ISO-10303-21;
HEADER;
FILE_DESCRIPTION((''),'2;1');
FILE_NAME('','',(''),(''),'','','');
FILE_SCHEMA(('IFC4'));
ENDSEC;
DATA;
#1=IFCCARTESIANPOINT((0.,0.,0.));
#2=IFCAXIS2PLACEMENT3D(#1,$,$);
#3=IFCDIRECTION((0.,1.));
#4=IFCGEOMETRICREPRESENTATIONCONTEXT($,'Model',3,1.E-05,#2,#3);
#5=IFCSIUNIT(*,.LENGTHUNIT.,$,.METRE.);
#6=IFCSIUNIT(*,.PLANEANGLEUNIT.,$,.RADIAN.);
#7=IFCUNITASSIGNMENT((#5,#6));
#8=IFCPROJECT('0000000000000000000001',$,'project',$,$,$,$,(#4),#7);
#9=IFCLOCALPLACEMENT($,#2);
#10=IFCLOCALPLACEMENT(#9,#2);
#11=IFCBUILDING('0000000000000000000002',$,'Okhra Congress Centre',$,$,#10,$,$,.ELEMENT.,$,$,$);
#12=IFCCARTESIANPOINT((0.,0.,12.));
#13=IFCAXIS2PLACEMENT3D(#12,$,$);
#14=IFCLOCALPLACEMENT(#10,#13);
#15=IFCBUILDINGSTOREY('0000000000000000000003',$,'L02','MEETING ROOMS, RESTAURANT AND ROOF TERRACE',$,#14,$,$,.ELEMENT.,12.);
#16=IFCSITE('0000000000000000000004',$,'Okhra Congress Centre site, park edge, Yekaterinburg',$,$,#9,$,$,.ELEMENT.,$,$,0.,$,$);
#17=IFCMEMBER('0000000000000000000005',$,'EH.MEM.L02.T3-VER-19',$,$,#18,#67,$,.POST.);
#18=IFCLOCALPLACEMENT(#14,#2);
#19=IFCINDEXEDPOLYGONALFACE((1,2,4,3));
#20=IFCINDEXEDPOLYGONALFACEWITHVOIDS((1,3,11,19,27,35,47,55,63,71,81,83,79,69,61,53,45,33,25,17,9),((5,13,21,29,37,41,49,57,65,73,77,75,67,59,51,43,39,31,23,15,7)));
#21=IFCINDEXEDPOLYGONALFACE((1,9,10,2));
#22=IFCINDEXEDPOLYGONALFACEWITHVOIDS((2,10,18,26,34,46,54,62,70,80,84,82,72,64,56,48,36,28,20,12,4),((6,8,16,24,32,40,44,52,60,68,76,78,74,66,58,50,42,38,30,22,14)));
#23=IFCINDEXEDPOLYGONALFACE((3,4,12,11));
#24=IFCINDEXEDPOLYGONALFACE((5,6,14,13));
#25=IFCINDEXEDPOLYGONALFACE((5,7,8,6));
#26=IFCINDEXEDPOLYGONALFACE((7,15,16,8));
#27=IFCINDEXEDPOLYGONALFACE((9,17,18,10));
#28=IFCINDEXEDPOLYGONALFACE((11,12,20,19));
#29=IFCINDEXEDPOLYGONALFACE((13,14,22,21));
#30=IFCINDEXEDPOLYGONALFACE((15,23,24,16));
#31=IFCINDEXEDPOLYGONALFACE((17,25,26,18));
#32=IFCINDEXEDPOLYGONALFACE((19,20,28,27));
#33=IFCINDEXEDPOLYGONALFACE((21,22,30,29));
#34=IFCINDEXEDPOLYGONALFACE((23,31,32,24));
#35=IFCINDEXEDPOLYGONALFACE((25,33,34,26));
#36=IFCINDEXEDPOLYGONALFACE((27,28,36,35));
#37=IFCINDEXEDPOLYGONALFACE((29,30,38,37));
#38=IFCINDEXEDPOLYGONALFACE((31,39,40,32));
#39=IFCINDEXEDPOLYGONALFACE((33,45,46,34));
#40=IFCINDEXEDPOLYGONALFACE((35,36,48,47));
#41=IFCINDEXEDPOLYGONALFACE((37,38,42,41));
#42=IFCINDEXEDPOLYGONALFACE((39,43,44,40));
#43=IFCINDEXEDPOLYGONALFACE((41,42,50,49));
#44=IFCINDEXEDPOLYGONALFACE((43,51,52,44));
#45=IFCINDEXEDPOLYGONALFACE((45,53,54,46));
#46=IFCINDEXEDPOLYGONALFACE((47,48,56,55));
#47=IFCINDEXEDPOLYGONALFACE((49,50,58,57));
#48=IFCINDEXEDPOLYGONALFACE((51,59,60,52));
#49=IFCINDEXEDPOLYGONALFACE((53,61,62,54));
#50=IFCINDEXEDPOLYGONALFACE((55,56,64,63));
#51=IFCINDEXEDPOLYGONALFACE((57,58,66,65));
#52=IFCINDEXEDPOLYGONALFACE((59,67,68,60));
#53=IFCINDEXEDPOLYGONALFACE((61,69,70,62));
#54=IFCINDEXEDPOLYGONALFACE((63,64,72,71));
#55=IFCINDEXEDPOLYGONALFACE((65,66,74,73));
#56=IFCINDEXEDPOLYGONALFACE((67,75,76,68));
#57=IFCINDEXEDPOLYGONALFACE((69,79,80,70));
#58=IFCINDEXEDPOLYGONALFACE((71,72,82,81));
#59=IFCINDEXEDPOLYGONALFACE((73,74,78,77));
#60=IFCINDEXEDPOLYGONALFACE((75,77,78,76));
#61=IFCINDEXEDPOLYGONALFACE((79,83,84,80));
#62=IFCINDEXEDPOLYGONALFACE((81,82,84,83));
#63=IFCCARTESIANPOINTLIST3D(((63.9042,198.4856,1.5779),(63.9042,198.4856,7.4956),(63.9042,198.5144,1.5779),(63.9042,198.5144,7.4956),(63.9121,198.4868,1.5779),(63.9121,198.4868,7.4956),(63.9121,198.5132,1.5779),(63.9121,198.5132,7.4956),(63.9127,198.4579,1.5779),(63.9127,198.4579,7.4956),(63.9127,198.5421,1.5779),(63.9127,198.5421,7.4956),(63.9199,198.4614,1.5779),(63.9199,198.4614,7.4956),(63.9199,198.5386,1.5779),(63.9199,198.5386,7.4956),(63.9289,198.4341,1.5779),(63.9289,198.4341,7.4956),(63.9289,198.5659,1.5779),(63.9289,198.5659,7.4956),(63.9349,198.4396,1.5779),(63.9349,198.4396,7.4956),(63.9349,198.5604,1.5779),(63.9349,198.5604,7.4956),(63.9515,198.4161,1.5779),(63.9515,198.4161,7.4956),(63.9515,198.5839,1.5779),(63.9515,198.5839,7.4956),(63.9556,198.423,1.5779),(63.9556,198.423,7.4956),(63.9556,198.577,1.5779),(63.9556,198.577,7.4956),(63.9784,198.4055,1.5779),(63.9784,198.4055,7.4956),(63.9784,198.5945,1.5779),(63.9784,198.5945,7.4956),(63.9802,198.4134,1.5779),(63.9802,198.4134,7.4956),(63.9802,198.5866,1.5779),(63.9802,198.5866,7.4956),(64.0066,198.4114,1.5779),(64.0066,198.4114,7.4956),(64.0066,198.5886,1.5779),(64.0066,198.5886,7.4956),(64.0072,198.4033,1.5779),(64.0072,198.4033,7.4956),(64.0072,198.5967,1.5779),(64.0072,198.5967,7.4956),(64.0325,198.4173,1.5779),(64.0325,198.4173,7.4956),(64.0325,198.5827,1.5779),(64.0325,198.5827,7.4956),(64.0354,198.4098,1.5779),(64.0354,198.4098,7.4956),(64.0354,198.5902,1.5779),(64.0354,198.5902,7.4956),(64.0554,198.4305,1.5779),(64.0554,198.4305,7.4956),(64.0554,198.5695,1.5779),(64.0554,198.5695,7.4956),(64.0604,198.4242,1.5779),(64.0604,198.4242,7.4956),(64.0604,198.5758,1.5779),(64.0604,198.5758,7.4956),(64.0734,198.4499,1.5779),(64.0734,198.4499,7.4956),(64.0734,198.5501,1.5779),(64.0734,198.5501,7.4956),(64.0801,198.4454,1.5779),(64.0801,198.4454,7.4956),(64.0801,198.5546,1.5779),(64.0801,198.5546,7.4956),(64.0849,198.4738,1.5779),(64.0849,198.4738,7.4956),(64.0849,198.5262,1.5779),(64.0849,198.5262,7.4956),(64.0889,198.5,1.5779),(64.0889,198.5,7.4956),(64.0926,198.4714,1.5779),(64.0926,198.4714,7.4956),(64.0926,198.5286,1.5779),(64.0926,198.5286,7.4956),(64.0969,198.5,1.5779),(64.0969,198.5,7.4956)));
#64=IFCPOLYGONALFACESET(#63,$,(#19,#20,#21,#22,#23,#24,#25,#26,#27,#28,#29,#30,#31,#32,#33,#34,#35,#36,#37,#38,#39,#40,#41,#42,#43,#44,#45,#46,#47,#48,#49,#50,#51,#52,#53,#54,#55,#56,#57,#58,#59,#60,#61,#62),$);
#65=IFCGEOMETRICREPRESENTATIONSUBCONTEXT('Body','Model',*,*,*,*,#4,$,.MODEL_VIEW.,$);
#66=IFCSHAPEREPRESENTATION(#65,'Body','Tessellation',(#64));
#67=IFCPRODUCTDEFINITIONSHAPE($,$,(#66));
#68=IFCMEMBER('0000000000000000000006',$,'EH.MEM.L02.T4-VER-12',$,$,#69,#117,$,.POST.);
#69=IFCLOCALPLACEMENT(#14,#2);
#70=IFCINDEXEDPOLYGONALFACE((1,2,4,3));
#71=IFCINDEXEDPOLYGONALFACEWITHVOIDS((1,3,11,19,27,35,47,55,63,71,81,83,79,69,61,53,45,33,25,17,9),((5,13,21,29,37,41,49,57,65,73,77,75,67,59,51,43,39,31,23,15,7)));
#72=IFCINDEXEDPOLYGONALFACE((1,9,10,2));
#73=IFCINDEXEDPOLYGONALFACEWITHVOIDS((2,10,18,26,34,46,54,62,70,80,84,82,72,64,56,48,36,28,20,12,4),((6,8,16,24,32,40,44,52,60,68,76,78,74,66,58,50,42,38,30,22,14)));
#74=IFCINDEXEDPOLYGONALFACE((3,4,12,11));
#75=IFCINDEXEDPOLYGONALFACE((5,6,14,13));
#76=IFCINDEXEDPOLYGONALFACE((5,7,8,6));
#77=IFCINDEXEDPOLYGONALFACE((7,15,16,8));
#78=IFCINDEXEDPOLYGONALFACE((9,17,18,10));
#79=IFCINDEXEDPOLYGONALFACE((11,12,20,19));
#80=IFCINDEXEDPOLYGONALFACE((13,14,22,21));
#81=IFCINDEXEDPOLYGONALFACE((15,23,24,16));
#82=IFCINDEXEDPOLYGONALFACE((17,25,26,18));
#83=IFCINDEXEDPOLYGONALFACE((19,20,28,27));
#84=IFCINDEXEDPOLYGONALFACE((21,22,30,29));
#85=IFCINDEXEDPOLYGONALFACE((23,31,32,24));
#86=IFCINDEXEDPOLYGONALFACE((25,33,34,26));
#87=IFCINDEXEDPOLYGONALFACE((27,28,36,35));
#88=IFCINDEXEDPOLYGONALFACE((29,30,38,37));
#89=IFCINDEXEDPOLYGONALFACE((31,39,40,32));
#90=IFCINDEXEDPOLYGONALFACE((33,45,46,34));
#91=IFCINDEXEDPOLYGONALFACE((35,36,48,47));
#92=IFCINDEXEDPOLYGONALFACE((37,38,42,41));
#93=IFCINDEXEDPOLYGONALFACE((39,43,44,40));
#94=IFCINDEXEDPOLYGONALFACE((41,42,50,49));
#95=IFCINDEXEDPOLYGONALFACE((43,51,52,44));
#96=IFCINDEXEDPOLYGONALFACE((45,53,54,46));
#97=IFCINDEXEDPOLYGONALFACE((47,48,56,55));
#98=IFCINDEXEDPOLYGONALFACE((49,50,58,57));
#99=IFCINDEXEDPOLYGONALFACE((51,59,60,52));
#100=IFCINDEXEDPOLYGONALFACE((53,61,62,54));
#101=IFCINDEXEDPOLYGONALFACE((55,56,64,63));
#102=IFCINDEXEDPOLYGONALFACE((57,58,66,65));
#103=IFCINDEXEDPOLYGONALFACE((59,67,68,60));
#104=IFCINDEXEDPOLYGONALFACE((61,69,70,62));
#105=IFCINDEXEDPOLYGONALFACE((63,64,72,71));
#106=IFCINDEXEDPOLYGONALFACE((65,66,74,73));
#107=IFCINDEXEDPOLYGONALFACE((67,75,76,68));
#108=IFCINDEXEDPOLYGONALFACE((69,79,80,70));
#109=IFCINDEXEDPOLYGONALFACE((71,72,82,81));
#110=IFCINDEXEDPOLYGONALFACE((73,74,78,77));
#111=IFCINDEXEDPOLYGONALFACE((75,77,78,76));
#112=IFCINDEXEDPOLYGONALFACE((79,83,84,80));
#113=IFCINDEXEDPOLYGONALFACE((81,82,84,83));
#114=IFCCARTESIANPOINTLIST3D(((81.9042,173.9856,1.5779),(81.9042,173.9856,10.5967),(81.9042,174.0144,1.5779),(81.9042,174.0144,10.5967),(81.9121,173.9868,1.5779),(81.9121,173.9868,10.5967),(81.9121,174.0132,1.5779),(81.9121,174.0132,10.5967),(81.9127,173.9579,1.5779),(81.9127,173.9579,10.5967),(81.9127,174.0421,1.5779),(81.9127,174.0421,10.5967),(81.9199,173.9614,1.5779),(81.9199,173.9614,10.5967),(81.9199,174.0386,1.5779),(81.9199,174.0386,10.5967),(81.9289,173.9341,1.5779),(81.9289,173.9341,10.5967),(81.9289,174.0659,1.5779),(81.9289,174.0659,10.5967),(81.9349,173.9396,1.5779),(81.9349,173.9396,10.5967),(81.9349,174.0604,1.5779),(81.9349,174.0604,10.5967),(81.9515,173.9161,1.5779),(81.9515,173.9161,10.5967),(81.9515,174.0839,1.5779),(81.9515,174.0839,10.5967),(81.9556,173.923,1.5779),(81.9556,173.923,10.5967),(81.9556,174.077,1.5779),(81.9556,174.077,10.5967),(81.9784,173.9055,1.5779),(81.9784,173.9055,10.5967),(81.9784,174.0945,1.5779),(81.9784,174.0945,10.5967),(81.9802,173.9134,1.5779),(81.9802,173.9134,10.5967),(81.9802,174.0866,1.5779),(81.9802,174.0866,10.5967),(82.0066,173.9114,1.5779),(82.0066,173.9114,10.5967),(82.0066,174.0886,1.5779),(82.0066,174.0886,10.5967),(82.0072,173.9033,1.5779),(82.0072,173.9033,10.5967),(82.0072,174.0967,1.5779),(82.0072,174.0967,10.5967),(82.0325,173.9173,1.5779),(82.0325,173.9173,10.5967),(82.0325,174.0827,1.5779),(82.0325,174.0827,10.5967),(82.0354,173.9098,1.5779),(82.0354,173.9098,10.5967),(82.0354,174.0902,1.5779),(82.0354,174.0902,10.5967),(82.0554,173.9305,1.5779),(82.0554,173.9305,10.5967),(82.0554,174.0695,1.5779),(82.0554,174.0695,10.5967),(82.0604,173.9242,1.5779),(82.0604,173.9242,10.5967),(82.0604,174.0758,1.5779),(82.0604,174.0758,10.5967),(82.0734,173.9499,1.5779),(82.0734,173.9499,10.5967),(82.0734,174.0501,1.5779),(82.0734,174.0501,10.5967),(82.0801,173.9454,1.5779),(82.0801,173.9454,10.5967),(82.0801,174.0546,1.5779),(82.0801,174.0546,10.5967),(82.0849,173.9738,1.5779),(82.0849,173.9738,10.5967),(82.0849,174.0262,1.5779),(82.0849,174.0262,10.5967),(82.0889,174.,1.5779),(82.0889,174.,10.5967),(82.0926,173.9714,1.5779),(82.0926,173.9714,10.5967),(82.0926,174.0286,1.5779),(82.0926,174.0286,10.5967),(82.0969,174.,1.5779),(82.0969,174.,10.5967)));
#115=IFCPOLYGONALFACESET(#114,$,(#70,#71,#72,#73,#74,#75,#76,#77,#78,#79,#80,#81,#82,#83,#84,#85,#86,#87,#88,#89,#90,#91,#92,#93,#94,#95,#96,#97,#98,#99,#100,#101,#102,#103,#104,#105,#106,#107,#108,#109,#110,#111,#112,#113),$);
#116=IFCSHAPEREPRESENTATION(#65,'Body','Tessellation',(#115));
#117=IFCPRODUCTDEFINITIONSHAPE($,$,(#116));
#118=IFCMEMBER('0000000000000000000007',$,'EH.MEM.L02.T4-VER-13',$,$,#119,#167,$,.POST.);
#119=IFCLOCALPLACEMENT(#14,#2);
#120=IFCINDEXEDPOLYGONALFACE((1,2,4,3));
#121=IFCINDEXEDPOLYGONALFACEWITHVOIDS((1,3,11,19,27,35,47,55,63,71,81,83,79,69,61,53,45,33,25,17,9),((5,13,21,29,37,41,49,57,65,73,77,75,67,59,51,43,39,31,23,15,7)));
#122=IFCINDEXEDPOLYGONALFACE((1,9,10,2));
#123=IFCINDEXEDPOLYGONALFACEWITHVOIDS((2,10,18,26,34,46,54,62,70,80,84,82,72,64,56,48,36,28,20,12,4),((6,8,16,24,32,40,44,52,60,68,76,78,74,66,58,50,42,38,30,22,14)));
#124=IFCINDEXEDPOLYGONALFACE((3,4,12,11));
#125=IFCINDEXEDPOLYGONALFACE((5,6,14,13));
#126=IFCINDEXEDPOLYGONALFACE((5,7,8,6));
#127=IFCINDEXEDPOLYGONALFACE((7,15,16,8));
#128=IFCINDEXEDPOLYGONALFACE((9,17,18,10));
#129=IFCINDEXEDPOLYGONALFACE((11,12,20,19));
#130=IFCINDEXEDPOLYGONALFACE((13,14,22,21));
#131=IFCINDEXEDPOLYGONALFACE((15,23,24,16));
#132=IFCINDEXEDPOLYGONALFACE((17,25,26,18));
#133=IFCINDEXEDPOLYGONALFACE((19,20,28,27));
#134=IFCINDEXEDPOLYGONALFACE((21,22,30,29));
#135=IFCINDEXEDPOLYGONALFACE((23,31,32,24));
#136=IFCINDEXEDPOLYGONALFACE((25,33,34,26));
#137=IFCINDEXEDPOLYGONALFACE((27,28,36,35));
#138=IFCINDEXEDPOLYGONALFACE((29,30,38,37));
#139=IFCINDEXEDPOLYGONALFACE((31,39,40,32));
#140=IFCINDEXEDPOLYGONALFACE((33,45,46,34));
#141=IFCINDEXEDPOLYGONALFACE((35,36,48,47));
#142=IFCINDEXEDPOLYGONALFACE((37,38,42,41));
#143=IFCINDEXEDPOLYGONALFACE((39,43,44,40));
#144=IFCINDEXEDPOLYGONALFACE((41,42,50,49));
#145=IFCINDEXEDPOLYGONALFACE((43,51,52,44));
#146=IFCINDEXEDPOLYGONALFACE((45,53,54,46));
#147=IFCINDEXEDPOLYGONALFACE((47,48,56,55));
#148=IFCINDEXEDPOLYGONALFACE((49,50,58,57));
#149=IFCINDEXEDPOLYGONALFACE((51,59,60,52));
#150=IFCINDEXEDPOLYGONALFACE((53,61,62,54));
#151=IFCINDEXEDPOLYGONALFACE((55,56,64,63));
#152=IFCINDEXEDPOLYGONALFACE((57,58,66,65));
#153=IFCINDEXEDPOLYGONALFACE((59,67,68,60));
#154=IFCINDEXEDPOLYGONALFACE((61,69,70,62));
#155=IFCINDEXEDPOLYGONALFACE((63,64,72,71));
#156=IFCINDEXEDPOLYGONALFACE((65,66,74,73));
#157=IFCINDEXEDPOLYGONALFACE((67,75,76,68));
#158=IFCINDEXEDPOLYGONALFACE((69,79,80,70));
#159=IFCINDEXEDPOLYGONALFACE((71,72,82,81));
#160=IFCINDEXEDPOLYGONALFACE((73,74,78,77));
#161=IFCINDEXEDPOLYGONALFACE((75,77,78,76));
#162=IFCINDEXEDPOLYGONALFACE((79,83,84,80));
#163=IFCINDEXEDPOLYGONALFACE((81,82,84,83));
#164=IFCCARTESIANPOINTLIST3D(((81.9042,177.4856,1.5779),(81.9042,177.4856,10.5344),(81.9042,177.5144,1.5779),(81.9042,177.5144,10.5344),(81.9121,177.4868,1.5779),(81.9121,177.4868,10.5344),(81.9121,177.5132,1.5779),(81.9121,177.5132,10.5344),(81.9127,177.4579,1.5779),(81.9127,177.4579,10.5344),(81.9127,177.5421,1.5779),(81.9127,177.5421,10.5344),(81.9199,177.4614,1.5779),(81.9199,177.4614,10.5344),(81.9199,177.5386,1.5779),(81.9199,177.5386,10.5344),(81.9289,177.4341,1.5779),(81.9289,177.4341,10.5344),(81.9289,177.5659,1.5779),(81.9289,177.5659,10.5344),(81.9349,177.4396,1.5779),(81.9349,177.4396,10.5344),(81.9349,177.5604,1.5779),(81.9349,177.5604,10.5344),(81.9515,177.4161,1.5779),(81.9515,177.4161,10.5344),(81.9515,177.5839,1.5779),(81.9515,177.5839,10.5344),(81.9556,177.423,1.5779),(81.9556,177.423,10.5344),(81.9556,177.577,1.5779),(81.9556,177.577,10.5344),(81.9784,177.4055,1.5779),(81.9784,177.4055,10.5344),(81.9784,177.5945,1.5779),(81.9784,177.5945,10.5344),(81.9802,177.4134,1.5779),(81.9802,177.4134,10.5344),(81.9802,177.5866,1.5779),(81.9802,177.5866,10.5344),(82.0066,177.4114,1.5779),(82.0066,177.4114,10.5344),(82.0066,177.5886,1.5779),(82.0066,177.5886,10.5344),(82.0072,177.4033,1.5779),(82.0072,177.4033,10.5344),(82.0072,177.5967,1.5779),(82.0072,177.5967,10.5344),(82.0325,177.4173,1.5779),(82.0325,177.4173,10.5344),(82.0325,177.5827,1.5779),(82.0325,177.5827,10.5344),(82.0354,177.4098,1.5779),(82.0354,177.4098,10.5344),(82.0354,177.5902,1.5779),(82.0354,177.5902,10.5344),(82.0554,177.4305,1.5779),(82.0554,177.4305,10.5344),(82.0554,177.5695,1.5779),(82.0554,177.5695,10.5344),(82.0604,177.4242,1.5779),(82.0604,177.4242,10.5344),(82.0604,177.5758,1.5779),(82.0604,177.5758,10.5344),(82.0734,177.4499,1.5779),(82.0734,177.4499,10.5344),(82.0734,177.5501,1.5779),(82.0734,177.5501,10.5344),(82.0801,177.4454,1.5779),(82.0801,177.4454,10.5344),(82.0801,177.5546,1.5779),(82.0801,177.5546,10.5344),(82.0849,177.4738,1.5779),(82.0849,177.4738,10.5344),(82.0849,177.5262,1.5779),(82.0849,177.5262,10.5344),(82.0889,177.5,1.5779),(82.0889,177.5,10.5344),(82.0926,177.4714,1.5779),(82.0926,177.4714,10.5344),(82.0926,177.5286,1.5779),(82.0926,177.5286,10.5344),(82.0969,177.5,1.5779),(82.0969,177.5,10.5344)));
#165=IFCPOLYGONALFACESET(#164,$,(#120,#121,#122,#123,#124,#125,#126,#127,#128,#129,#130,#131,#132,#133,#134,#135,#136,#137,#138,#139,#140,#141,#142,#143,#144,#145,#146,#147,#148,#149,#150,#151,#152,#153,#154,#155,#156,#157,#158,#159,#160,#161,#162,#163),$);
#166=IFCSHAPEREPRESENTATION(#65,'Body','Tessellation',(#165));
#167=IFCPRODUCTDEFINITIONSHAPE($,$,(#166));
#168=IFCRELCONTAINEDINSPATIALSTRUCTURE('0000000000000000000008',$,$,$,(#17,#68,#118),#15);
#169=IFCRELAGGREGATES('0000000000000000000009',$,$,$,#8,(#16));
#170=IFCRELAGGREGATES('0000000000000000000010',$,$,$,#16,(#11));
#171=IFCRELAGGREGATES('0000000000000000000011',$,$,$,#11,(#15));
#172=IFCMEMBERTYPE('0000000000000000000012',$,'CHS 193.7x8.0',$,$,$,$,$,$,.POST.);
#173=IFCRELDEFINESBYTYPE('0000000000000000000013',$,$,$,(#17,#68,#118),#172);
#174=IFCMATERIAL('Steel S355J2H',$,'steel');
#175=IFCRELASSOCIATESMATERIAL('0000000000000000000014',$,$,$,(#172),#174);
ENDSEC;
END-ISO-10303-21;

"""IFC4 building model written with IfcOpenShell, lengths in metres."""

from ifc_helpers import new_model, si_unit, direction, frame, origin, origin_2d, place, context, subcontext, project, spatial, hollow_circle, extrude, material, material_profile, profile_set, type_object, element, save


model = new_model("IFC4")

# Units and contexts
model_context = context("Model", 3, precision=1e-05, world=origin(), true_north=direction((0.0, 1.0)))
body_context = subcontext(model_context, "Body", "Model", "MODEL_VIEW")
ifc_project = project(units=[si_unit("LENGTHUNIT", "METRE"), si_unit("PLANEANGLEUNIT", "RADIAN")], contexts=[model_context])

# Site, building, storey
site_placement = place(None, origin())
site = spatial("IfcSite", under=ifc_project, at=site_placement, Name="Okhra Congress Centre site, park edge, Yekaterinburg", CompositionType="ELEMENT", RefElevation=0.0)
building_placement = place(site_placement, origin())
building = spatial("IfcBuilding", under=site, at=building_placement, Name="Okhra Congress Centre", CompositionType="ELEMENT")
storey_placement = place(building_placement, frame((0.0, 0.0, 12.0)))
storey = spatial("IfcBuildingStorey", under=building, at=storey_placement, Name="L02", Description="MEETING ROOMS, RESTAURANT AND ROOF TERRACE", CompositionType="ELEMENT", Elevation=12.0)

# Members
ifc_material_1 = material(Name="Steel S355J2H", Category="steel")
ifc_material_profile_1 = material_profile(ifc_material_1, hollow_circle(Radius=0.0969, WallThickness=0.0081, at=origin_2d()), Name="CHS 193.7x8.0")
ifc_profile_set_1 = profile_set([ifc_material_profile_1], Name="Steel S355J2H")
member_type_1 = type_object("IfcMemberType", Name="CHS 193.7x8.0", PredefinedType="POST", material=ifc_profile_set_1)
member_1_placement = place(storey_placement, frame((64.0, 198.5, 1.5779), z_axis=(0.0, 0.0, 1.0), x_axis=(1.0, 0.0, 0.0)))
element("IfcMember", 1, at=member_1_placement, inside=storey, type_object=member_type_1, Name="EH.MEM.L02.T3-VER-19", PredefinedType="POST", context=body_context, shape_type="SweptSolid", body=[
    extrude(hollow_circle(Radius=0.0969, WallThickness=0.0081, at=origin_2d()), origin(), (0.0, 0.0, 1.0), 5.9177),
])
member_2_placement = place(storey_placement, frame((82.0, 174.0, 1.5779), z_axis=(0.0, 0.0, 1.0), x_axis=(1.0, 0.0, 0.0)))
element("IfcMember", 2, at=member_2_placement, inside=storey, type_object=member_type_1, Name="EH.MEM.L02.T4-VER-12", PredefinedType="POST", context=body_context, shape_type="SweptSolid", body=[
    extrude(hollow_circle(Radius=0.0969, WallThickness=0.0081, at=origin_2d()), origin(), (0.0, 0.0, 1.0), 9.0188),
])
member_3_placement = place(storey_placement, frame((82.0, 177.5, 1.5779), z_axis=(0.0, 0.0, 1.0), x_axis=(1.0, 0.0, 0.0)))
element("IfcMember", 3, at=member_3_placement, inside=storey, type_object=member_type_1, Name="EH.MEM.L02.T4-VER-13", PredefinedType="POST", context=body_context, shape_type="SweptSolid", body=[
    extrude(hollow_circle(Radius=0.0969, WallThickness=0.0081, at=origin_2d()), origin(), (0.0, 0.0, 1.0), 8.9565),
])

save(model, "model.ifc")
